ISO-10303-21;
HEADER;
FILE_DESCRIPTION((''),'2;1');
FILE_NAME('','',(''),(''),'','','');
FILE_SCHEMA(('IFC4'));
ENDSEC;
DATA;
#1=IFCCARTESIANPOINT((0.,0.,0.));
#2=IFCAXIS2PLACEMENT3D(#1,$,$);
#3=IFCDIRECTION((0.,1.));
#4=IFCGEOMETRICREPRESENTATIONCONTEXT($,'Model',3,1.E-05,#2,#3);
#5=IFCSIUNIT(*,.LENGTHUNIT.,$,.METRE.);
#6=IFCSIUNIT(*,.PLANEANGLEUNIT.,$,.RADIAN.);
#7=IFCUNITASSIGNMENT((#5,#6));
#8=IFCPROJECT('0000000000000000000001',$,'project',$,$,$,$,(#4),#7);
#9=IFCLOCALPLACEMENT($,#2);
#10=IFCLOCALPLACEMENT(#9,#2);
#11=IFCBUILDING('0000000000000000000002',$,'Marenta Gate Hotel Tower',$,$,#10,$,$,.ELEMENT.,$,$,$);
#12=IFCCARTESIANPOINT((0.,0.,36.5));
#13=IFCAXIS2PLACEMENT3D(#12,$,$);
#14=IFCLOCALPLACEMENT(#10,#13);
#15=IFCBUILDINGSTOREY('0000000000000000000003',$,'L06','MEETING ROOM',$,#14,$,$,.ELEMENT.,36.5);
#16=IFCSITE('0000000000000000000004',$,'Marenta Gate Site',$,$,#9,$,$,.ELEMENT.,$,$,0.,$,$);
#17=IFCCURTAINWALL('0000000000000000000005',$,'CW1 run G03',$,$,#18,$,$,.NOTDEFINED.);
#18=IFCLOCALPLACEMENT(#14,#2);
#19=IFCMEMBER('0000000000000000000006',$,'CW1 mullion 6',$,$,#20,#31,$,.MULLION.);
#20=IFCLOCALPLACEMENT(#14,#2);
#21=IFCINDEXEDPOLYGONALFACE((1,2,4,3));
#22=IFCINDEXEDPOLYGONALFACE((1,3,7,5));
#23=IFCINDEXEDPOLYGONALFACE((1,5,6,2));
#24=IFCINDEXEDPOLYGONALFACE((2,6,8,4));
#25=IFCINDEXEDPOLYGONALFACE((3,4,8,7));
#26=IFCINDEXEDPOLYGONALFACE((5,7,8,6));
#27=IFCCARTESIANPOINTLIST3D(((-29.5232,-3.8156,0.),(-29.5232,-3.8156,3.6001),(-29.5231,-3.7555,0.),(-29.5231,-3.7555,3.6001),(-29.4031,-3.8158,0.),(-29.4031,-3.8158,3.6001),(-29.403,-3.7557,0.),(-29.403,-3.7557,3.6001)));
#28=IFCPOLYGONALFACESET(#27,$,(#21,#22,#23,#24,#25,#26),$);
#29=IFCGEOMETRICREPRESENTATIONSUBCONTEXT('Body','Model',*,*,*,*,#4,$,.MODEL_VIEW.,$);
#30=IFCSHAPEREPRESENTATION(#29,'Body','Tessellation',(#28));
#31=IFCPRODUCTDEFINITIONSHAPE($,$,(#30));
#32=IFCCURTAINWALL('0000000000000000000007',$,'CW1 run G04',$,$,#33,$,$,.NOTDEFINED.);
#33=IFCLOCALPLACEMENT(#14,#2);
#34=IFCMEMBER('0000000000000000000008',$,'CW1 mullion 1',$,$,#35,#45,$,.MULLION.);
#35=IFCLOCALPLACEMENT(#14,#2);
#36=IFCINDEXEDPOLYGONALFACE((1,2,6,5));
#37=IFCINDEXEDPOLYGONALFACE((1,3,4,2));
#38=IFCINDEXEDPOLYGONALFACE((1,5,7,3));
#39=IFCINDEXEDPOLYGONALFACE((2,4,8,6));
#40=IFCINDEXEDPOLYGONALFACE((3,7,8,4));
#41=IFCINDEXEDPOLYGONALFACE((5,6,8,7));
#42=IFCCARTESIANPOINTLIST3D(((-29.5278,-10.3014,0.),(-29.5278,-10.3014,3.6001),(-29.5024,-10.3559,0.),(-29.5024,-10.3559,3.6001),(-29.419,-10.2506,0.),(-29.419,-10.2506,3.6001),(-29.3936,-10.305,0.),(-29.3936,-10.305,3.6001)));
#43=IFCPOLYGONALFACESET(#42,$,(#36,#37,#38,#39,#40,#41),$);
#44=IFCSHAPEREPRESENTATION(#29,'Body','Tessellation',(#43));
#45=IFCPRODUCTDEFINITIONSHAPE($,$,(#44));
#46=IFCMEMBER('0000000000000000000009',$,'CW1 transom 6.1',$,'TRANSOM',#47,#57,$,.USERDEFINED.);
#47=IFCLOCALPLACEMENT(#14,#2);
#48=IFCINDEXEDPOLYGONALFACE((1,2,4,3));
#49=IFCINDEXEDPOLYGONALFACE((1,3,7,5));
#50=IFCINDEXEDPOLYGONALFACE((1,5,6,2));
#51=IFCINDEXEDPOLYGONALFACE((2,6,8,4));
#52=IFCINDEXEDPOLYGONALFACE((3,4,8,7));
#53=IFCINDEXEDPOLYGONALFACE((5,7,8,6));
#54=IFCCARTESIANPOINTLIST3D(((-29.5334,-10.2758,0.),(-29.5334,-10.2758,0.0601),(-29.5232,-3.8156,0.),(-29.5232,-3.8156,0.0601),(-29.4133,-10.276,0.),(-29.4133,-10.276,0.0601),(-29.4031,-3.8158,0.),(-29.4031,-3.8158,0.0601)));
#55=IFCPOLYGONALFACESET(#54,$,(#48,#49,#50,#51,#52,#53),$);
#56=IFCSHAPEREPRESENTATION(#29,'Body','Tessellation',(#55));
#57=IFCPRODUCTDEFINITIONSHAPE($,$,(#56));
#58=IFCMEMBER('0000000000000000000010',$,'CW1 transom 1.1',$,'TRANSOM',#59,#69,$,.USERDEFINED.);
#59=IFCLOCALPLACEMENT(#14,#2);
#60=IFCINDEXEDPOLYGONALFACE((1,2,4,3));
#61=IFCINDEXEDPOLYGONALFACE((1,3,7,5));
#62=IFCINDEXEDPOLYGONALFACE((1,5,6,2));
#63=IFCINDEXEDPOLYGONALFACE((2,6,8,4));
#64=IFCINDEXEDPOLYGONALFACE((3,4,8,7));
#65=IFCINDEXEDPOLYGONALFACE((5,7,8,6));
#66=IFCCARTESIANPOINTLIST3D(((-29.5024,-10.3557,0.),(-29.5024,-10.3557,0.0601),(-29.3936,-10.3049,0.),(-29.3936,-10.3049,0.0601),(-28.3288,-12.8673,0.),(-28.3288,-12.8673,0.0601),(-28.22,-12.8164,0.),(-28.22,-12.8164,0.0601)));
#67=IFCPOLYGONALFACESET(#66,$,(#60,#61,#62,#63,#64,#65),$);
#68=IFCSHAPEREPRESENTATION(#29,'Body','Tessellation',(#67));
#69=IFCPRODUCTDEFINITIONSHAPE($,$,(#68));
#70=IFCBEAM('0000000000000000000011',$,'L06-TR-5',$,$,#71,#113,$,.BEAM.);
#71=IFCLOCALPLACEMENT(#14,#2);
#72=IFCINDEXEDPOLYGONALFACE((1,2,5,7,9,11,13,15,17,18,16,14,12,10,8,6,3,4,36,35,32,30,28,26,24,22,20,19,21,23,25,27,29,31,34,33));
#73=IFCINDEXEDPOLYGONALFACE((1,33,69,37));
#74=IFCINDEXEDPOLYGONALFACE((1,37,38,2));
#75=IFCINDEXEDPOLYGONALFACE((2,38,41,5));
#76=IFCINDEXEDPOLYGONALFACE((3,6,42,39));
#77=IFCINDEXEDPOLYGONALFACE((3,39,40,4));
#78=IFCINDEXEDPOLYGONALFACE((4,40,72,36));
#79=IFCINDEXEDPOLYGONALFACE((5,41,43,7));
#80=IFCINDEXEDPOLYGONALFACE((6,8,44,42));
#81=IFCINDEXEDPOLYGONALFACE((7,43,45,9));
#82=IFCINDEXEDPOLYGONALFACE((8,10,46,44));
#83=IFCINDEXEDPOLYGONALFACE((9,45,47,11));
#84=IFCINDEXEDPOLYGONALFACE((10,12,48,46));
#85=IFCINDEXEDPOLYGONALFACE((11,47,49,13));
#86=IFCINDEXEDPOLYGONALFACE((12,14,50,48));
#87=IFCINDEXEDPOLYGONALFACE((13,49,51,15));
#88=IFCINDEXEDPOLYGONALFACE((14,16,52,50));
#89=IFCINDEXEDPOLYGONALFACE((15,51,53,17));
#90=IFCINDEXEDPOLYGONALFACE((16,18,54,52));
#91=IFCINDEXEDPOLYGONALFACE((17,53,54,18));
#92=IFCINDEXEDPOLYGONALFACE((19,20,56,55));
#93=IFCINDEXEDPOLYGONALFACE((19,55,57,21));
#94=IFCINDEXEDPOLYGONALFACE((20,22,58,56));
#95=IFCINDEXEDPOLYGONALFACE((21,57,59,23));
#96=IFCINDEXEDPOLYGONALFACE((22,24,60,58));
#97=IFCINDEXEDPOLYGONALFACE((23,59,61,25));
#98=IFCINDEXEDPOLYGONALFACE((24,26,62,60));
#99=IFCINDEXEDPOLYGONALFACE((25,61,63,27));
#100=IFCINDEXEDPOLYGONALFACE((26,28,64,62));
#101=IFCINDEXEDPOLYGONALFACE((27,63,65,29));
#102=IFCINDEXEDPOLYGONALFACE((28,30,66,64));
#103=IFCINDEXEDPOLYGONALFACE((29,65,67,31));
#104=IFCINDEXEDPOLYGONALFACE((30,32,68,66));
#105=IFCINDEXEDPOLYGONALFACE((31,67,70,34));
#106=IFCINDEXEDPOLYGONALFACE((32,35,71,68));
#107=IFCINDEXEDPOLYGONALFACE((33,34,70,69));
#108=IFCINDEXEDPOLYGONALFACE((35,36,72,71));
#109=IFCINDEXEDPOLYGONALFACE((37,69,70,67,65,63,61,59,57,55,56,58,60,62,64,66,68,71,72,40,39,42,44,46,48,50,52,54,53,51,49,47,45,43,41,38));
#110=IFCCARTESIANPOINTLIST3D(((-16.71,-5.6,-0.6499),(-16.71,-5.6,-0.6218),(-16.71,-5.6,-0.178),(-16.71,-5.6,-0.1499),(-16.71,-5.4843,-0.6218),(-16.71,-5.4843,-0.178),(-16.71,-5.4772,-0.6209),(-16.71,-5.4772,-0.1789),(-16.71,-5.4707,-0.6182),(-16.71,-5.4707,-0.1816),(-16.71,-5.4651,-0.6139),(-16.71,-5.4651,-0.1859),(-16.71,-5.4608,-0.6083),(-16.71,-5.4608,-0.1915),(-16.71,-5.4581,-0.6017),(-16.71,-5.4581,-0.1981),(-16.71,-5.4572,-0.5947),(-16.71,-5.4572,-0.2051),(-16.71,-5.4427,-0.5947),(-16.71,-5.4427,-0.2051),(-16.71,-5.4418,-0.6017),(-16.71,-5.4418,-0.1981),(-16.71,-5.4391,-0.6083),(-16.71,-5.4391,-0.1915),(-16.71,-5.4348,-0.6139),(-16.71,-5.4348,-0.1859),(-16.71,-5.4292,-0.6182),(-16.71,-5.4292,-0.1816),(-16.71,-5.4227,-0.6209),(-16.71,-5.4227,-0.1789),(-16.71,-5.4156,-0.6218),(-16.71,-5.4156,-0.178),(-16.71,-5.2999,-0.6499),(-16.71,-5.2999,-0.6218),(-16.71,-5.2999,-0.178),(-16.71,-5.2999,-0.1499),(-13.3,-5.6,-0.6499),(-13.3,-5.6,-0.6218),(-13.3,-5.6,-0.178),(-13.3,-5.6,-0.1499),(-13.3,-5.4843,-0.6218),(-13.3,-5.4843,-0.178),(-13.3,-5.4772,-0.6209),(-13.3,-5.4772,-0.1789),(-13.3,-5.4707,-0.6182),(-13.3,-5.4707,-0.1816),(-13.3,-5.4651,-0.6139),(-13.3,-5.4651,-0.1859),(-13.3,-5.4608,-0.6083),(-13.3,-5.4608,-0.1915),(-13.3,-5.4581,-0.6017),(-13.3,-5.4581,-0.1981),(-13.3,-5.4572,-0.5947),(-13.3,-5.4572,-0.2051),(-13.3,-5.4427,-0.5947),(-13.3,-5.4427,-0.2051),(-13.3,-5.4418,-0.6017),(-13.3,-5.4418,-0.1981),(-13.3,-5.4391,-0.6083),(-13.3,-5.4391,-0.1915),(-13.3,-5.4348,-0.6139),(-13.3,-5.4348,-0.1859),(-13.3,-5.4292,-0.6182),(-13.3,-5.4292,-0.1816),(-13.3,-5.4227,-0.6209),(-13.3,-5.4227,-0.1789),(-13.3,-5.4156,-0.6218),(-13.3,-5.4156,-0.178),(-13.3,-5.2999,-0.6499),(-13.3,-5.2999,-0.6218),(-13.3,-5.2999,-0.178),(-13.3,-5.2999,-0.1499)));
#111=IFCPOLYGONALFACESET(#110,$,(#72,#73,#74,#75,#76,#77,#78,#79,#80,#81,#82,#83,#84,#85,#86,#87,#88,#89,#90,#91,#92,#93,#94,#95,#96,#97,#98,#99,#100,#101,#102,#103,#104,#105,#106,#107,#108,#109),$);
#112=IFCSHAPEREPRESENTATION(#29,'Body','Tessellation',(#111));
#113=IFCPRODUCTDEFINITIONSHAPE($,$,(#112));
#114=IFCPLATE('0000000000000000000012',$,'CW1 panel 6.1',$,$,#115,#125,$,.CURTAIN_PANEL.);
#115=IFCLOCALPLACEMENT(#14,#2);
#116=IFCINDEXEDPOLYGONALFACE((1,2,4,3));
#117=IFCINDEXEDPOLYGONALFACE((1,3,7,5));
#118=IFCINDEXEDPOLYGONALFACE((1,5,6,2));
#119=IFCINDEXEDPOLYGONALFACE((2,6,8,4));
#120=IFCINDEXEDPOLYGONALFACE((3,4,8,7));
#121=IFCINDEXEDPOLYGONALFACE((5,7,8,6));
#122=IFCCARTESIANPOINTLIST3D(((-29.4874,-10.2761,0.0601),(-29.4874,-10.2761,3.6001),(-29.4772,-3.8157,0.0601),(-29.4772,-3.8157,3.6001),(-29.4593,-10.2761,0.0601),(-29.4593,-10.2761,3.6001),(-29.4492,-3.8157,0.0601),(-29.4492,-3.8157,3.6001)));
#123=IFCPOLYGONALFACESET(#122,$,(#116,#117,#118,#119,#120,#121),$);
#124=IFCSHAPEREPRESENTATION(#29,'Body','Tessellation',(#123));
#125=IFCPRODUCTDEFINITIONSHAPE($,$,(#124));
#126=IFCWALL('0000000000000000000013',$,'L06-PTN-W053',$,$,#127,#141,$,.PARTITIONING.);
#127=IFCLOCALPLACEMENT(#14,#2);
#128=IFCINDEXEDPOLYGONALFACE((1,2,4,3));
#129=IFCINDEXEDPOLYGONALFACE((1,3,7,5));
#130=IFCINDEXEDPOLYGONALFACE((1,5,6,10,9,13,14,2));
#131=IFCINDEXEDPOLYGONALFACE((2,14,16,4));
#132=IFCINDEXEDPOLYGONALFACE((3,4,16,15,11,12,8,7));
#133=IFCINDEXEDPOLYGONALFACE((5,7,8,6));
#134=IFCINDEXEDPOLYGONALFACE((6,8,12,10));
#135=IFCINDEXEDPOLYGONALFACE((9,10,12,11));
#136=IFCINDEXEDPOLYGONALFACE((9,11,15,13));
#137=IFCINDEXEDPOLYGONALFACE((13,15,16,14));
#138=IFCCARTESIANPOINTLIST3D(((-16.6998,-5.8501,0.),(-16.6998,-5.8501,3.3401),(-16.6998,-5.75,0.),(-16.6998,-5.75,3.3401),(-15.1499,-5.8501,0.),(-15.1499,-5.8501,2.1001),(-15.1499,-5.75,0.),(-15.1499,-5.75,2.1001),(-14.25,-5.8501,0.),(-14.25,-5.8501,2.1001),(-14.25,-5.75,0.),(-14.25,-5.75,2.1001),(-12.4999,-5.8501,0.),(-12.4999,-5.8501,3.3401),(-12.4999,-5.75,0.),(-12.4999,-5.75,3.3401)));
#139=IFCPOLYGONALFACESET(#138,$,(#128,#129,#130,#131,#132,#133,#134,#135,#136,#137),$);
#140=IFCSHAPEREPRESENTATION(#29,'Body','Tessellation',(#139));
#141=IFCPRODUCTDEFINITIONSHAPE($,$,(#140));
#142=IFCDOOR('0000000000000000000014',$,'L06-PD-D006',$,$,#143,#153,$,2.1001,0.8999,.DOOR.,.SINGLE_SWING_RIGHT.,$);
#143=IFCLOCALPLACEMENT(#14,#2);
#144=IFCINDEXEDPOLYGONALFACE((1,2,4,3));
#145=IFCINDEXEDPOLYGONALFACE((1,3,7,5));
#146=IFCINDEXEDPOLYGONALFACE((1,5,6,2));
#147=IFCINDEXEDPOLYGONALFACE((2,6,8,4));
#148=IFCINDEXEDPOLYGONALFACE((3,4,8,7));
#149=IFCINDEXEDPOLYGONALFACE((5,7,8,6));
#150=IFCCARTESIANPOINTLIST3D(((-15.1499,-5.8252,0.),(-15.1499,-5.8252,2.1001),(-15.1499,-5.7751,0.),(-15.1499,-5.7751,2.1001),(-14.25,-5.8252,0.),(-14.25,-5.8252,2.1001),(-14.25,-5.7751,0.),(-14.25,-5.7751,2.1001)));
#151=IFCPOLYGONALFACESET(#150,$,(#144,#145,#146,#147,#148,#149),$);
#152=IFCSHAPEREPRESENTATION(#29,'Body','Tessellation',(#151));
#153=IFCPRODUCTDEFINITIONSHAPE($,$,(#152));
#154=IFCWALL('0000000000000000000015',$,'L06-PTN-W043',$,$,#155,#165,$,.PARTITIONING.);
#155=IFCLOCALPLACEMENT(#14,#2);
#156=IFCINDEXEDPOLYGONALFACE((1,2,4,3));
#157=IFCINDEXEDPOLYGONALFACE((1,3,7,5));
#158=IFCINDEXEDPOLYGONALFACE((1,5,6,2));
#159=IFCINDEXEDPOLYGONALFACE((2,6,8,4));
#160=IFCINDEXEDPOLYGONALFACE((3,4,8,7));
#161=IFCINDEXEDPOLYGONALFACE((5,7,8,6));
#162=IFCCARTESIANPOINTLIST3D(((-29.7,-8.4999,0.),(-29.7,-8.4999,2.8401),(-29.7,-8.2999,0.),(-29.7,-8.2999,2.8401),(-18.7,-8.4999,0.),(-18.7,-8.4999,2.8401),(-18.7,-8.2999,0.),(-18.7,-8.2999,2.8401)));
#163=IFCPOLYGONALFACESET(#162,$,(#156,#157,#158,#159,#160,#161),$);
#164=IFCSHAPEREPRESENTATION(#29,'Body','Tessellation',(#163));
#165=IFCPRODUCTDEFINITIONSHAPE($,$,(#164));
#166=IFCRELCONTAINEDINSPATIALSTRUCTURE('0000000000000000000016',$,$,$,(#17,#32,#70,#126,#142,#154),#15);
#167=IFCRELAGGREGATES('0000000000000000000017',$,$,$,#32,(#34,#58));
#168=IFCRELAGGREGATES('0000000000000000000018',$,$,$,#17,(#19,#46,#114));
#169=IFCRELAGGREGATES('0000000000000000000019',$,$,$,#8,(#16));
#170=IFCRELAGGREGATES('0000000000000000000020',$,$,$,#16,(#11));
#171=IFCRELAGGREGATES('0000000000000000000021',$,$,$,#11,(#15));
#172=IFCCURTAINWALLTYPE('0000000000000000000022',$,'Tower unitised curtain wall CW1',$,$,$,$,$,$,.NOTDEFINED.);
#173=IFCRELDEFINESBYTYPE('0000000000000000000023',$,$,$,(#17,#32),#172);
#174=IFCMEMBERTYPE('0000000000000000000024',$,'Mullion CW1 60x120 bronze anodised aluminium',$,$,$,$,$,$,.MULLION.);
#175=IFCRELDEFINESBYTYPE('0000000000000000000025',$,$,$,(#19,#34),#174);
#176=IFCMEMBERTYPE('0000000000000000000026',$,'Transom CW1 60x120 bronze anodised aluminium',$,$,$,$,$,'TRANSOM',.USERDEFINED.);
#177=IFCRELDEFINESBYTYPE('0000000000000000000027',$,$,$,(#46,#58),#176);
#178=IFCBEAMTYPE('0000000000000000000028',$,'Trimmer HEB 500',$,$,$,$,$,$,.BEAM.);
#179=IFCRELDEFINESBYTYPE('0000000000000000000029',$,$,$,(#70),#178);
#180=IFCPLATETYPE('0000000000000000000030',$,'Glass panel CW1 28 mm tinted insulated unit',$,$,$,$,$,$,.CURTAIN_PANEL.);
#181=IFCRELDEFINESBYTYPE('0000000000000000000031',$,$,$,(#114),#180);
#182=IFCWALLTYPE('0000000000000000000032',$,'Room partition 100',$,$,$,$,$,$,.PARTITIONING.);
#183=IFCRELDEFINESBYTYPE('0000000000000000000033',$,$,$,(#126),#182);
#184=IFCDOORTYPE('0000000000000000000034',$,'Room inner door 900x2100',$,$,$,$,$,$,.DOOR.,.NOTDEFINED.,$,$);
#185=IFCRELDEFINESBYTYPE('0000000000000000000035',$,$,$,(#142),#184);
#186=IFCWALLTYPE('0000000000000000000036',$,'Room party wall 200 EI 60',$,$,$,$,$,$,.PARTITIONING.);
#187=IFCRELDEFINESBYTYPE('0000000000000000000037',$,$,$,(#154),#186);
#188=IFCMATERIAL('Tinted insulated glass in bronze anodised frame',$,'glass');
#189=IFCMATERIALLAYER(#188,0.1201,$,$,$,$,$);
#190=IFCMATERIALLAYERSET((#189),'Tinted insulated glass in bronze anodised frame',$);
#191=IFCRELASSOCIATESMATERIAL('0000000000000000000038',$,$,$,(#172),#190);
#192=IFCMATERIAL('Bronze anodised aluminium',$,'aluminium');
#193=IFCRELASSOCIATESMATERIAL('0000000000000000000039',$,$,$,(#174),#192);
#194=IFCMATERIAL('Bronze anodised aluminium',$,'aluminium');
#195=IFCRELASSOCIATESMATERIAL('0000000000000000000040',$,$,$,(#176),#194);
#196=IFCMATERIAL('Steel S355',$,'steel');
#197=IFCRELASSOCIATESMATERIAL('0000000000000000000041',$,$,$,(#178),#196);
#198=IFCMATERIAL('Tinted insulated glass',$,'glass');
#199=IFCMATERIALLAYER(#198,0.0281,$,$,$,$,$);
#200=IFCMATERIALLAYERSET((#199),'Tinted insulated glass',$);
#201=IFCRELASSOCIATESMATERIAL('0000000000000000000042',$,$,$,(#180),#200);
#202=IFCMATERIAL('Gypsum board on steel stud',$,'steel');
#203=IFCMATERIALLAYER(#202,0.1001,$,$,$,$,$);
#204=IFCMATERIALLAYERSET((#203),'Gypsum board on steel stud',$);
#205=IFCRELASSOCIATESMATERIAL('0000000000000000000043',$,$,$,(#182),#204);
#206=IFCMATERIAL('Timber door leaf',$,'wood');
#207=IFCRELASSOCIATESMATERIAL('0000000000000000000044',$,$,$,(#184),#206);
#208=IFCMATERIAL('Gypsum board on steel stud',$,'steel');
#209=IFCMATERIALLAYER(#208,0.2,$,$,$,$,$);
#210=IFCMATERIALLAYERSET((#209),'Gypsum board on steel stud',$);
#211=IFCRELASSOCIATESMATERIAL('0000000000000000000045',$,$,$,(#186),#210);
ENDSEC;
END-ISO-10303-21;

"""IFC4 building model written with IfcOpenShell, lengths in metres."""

from ifc_helpers import new_model, si_unit, direction, frame, frame_2d, origin, origin_2d, place, context, subcontext, project, spatial, rectangle, i_section, extrude, material, layer, layer_set, material_profile, profile_set, type_object, element, fill, aggregate, save


model = new_model("IFC4")

# Units and contexts
model_context = context("Model", 3, precision=1e-05, world=origin(), true_north=direction((0.0, 1.0)))
body_context = subcontext(model_context, "Body", "Model", "MODEL_VIEW")
ifc_project = project(units=[si_unit("LENGTHUNIT", "METRE"), si_unit("PLANEANGLEUNIT", "RADIAN")], contexts=[model_context])

# Site, building, storey
site_placement = place(None, origin())
site = spatial("IfcSite", under=ifc_project, at=site_placement, Name="Marenta Gate Site", CompositionType="ELEMENT", RefElevation=0.0)
building_placement = place(site_placement, origin())
building = spatial("IfcBuilding", under=site, at=building_placement, Name="Marenta Gate Hotel Tower", CompositionType="ELEMENT")
storey_placement = place(building_placement, frame((0.0, 0.0, 36.5)))
storey = spatial("IfcBuildingStorey", under=building, at=storey_placement, Name="L06", Description="MEETING ROOM", CompositionType="ELEMENT", Elevation=36.5)

# Curtain walls, members
ifc_material_1 = material(Name="Tinted insulated glass in bronze anodised frame", Category="glass")
ifc_layer_1 = layer(ifc_material_1, 0.1201)
ifc_layer_set_1 = layer_set([ifc_layer_1], Name="Tinted insulated glass in bronze anodised frame")
curtain_wall_type = type_object("IfcCurtainWallType", Name="Tower unitised curtain wall CW1", PredefinedType="NOTDEFINED", material=ifc_layer_set_1)
curtain_wall_1_placement = place(storey_placement, origin())
curtain_wall_1 = element("IfcCurtainWall", 1, at=curtain_wall_1_placement, inside=storey, type_object=curtain_wall_type, Name="CW1 run G03", PredefinedType="NOTDEFINED")
ifc_material_2 = material(Name="Bronze anodised aluminium", Category="aluminium")
ifc_material_profile_1 = material_profile(ifc_material_2, rectangle(XDim=0.1201, YDim=0.0601, at=origin_2d()), Name="Mullion CW1 60x120 bronze anodised aluminium")
ifc_profile_set_1 = profile_set([ifc_material_profile_1], Name="Bronze anodised aluminium")
member_type_1 = type_object("IfcMemberType", Name="Mullion CW1 60x120 bronze anodised aluminium", PredefinedType="MULLION", material=ifc_profile_set_1)
member_1_placement = place(storey_placement, frame((-29.4631, -3.7856, 0.0), z_axis=(0.0, 0.0, 1.0), x_axis=(0.999999, -0.001566, 0.0)))
member_1 = element("IfcMember", 2, at=member_1_placement, type_object=member_type_1, Name="CW1 mullion 6", PredefinedType="MULLION", context=body_context, shape_type="SweptSolid", body=[
    extrude(rectangle(XDim=0.1201, YDim=0.0601, at=origin_2d()), origin(), (0.0, 0.0, 1.0), 3.6001),
])
curtain_wall_2_placement = place(storey_placement, origin())
curtain_wall_2 = element("IfcCurtainWall", 3, at=curtain_wall_2_placement, inside=storey, type_object=curtain_wall_type, Name="CW1 run G04", PredefinedType="NOTDEFINED")
member_2_placement = place(storey_placement, frame((-29.4607, -10.3032, 0.0), z_axis=(0.0, 0.0, 1.0), x_axis=(0.90597, 0.423342, 0.0)))
member_2 = element("IfcMember", 4, at=member_2_placement, type_object=member_type_1, Name="CW1 mullion 1", PredefinedType="MULLION", context=body_context, shape_type="SweptSolid", body=[
    extrude(rectangle(XDim=0.1201, YDim=0.0601, at=origin_2d()), origin(), (0.0, 0.0, 1.0), 3.6001),
])

# Members
ifc_material_3 = material(Name="Bronze anodised aluminium", Category="aluminium")
ifc_material_profile_2 = material_profile(ifc_material_3, rectangle(XDim=0.1201, YDim=0.0601, at=origin_2d()), Name="Transom CW1 60x120 bronze anodised aluminium")
ifc_profile_set_2 = profile_set([ifc_material_profile_2], Name="Bronze anodised aluminium")
member_type_2 = type_object("IfcMemberType", Name="Transom CW1 60x120 bronze anodised aluminium", ElementType="TRANSOM", PredefinedType="USERDEFINED", material=ifc_profile_set_2)
member_3_placement = place(storey_placement, frame((-29.4631, -3.8157, 0.03), z_axis=(-0.001587, -0.999999, 0.0), x_axis=(0.999999, -0.001587, 0.0)))
member_3 = element("IfcMember", 5, at=member_3_placement, type_object=member_type_2, Name="CW1 transom 6.1", ObjectType="TRANSOM", PredefinedType="USERDEFINED", context=body_context, shape_type="SweptSolid", body=[
    extrude(rectangle(XDim=0.1201, YDim=0.0601, at=origin_2d()), origin(), (0.0, 0.0, 1.0), 6.4602),
])
member_4_placement = place(storey_placement, frame((-29.448, -10.3303, 0.03), z_axis=(0.423348, -0.905967, 0.0), x_axis=(0.905967, 0.423348, 0.0)))
member_4 = element("IfcMember", 6, at=member_4_placement, type_object=member_type_2, Name="CW1 transom 1.1", ObjectType="TRANSOM", PredefinedType="USERDEFINED", context=body_context, shape_type="SweptSolid", body=[
    extrude(rectangle(XDim=0.1201, YDim=0.0601, at=origin_2d()), origin(), (0.0, 0.0, 1.0), 2.7722),
])
aggregate(curtain_wall_2, [member_2, member_4])

# Beam
ifc_material_4 = material(Name="Steel S355", Category="steel")
ifc_material_profile_3 = material_profile(ifc_material_4, i_section(OverallWidth=0.3, OverallDepth=0.5, WebThickness=0.0144, FlangeThickness=0.0281, FilletRadius=0.0271, at=origin_2d()), Name="HEB 500")
ifc_profile_set_3 = profile_set([ifc_material_profile_3], Name="Steel S355")
beam_type_1 = type_object("IfcBeamType", Name="Trimmer HEB 500", PredefinedType="BEAM", material=ifc_profile_set_3)
beam_1_placement = place(storey_placement, frame((-16.71, -5.45, -0.3999), z_axis=(1.0, 0.0, 0.0), x_axis=(0.0, 1.0, 0.0)))
element("IfcBeam", 7, at=beam_1_placement, inside=storey, type_object=beam_type_1, Name="L06-TR-5", PredefinedType="BEAM", context=body_context, shape_type="SweptSolid", body=[
    extrude(i_section(OverallWidth=0.3, OverallDepth=0.5, WebThickness=0.0144, FlangeThickness=0.0281, FilletRadius=0.0271, at=origin_2d()), origin(), (0.0, 0.0, 1.0), 3.4099),
])

# Plate
ifc_material_5 = material(Name="Tinted insulated glass", Category="glass")
ifc_layer_2 = layer(ifc_material_5, 0.0281)
ifc_layer_set_2 = layer_set([ifc_layer_2], Name="Tinted insulated glass")
plate_type = type_object("IfcPlateType", Name="Glass panel CW1 28 mm tinted insulated unit", PredefinedType="CURTAIN_PANEL", material=ifc_layer_set_2)
plate_placement = place(storey_placement, frame((-29.4683, -7.0459, 0.0601), z_axis=(0.0, 0.0, 1.0), x_axis=(-0.001566, -0.999999, 0.0)))
plate = element("IfcPlate", 8, at=plate_placement, type_object=plate_type, Name="CW1 panel 6.1", PredefinedType="CURTAIN_PANEL", context=body_context, shape_type="SweptSolid", body=[
    extrude(rectangle(XDim=6.4604, YDim=0.0281, at=origin_2d()), origin(), (0.0, 0.0, 1.0), 3.54),
])
aggregate(curtain_wall_1, [member_1, member_3, plate])

# Wall, opening, door
ifc_material_6 = material(Name="Gypsum board on steel stud", Category="steel")
ifc_layer_3 = layer(ifc_material_6, 0.1001)
ifc_layer_set_3 = layer_set([ifc_layer_3], Name="Gypsum board on steel stud")
wall_type_1 = type_object("IfcWallType", Name="Room partition 100", PredefinedType="PARTITIONING", material=ifc_layer_set_3)
wall_1_placement = place(storey_placement, frame((-16.7, -5.8, 0.0), z_axis=(0.0, 0.0, 1.0), x_axis=(1.0, 0.0, 0.0)))
wall_1 = element("IfcWall", 9, at=wall_1_placement, inside=storey, type_object=wall_type_1, Name="L06-PTN-W053", PredefinedType="PARTITIONING", context=body_context, shape_type="SweptSolid", body=[
    extrude(rectangle(XDim=4.2, YDim=0.1001, at=frame_2d((2.1001, 0.0))), origin(), (0.0, 0.0, 1.0), 3.3401),
])
opening_1_placement = place(wall_1_placement, frame((1.55, 0.0, 0.0)))
opening_1 = element("IfcOpeningElement", 10, at=opening_1_placement, cuts=wall_1, PredefinedType="OPENING", context=body_context, shape_type="SweptSolid", body=[
    extrude(rectangle(XDim=0.8999, YDim=2.1001, at=frame_2d((0.45, 1.05))), frame((0.0, 0.05, 0.0), z_axis=(0.0, -1.0, 0.0), x_axis=(1.0, 0.0, 0.0)), (0.0, 0.0, 1.0), 0.1001),
])
ifc_material_7 = material(Name="Timber door leaf", Category="wood")
door_type_1 = type_object("IfcDoorType", Name="Room inner door 900x2100", OperationType="NOTDEFINED", PredefinedType="DOOR", material=ifc_material_7)
door_1_placement = place(opening_1_placement, origin())
door_1 = element("IfcDoor", 11, at=door_1_placement, inside=storey, type_object=door_type_1, Name="L06-PD-D006", OperationType="SINGLE_SWING_RIGHT", OverallHeight=2.1001, OverallWidth=0.8999, PredefinedType="DOOR", context=body_context, shape_type="SweptSolid", body=[
    extrude(rectangle(XDim=0.8999, YDim=2.1001, at=frame_2d((0.45, 1.05))), frame((0.0, 0.0249, 0.0), z_axis=(0.0, -1.0, 0.0), x_axis=(1.0, 0.0, 0.0)), (0.0, 0.0, 1.0), 0.05),
])
fill(opening_1, door_1)

# Wall
ifc_material_8 = material(Name="Gypsum board on steel stud", Category="steel")
ifc_layer_4 = layer(ifc_material_8, 0.2)
ifc_layer_set_4 = layer_set([ifc_layer_4], Name="Gypsum board on steel stud")
wall_type_2 = type_object("IfcWallType", Name="Room party wall 200 EI 60", PredefinedType="PARTITIONING", material=ifc_layer_set_4)
wall_2_placement = place(storey_placement, frame((-29.7, -8.3999, 0.0), z_axis=(0.0, 0.0, 1.0), x_axis=(1.0, 0.0, 0.0)))
element("IfcWall", 12, at=wall_2_placement, inside=storey, type_object=wall_type_2, Name="L06-PTN-W043", PredefinedType="PARTITIONING", context=body_context, shape_type="SweptSolid", body=[
    extrude(rectangle(XDim=11.0, YDim=0.2, at=frame_2d((5.5, 0.0))), origin(), (0.0, 0.0, 1.0), 2.8401),
])

save(model, "model.ifc")
